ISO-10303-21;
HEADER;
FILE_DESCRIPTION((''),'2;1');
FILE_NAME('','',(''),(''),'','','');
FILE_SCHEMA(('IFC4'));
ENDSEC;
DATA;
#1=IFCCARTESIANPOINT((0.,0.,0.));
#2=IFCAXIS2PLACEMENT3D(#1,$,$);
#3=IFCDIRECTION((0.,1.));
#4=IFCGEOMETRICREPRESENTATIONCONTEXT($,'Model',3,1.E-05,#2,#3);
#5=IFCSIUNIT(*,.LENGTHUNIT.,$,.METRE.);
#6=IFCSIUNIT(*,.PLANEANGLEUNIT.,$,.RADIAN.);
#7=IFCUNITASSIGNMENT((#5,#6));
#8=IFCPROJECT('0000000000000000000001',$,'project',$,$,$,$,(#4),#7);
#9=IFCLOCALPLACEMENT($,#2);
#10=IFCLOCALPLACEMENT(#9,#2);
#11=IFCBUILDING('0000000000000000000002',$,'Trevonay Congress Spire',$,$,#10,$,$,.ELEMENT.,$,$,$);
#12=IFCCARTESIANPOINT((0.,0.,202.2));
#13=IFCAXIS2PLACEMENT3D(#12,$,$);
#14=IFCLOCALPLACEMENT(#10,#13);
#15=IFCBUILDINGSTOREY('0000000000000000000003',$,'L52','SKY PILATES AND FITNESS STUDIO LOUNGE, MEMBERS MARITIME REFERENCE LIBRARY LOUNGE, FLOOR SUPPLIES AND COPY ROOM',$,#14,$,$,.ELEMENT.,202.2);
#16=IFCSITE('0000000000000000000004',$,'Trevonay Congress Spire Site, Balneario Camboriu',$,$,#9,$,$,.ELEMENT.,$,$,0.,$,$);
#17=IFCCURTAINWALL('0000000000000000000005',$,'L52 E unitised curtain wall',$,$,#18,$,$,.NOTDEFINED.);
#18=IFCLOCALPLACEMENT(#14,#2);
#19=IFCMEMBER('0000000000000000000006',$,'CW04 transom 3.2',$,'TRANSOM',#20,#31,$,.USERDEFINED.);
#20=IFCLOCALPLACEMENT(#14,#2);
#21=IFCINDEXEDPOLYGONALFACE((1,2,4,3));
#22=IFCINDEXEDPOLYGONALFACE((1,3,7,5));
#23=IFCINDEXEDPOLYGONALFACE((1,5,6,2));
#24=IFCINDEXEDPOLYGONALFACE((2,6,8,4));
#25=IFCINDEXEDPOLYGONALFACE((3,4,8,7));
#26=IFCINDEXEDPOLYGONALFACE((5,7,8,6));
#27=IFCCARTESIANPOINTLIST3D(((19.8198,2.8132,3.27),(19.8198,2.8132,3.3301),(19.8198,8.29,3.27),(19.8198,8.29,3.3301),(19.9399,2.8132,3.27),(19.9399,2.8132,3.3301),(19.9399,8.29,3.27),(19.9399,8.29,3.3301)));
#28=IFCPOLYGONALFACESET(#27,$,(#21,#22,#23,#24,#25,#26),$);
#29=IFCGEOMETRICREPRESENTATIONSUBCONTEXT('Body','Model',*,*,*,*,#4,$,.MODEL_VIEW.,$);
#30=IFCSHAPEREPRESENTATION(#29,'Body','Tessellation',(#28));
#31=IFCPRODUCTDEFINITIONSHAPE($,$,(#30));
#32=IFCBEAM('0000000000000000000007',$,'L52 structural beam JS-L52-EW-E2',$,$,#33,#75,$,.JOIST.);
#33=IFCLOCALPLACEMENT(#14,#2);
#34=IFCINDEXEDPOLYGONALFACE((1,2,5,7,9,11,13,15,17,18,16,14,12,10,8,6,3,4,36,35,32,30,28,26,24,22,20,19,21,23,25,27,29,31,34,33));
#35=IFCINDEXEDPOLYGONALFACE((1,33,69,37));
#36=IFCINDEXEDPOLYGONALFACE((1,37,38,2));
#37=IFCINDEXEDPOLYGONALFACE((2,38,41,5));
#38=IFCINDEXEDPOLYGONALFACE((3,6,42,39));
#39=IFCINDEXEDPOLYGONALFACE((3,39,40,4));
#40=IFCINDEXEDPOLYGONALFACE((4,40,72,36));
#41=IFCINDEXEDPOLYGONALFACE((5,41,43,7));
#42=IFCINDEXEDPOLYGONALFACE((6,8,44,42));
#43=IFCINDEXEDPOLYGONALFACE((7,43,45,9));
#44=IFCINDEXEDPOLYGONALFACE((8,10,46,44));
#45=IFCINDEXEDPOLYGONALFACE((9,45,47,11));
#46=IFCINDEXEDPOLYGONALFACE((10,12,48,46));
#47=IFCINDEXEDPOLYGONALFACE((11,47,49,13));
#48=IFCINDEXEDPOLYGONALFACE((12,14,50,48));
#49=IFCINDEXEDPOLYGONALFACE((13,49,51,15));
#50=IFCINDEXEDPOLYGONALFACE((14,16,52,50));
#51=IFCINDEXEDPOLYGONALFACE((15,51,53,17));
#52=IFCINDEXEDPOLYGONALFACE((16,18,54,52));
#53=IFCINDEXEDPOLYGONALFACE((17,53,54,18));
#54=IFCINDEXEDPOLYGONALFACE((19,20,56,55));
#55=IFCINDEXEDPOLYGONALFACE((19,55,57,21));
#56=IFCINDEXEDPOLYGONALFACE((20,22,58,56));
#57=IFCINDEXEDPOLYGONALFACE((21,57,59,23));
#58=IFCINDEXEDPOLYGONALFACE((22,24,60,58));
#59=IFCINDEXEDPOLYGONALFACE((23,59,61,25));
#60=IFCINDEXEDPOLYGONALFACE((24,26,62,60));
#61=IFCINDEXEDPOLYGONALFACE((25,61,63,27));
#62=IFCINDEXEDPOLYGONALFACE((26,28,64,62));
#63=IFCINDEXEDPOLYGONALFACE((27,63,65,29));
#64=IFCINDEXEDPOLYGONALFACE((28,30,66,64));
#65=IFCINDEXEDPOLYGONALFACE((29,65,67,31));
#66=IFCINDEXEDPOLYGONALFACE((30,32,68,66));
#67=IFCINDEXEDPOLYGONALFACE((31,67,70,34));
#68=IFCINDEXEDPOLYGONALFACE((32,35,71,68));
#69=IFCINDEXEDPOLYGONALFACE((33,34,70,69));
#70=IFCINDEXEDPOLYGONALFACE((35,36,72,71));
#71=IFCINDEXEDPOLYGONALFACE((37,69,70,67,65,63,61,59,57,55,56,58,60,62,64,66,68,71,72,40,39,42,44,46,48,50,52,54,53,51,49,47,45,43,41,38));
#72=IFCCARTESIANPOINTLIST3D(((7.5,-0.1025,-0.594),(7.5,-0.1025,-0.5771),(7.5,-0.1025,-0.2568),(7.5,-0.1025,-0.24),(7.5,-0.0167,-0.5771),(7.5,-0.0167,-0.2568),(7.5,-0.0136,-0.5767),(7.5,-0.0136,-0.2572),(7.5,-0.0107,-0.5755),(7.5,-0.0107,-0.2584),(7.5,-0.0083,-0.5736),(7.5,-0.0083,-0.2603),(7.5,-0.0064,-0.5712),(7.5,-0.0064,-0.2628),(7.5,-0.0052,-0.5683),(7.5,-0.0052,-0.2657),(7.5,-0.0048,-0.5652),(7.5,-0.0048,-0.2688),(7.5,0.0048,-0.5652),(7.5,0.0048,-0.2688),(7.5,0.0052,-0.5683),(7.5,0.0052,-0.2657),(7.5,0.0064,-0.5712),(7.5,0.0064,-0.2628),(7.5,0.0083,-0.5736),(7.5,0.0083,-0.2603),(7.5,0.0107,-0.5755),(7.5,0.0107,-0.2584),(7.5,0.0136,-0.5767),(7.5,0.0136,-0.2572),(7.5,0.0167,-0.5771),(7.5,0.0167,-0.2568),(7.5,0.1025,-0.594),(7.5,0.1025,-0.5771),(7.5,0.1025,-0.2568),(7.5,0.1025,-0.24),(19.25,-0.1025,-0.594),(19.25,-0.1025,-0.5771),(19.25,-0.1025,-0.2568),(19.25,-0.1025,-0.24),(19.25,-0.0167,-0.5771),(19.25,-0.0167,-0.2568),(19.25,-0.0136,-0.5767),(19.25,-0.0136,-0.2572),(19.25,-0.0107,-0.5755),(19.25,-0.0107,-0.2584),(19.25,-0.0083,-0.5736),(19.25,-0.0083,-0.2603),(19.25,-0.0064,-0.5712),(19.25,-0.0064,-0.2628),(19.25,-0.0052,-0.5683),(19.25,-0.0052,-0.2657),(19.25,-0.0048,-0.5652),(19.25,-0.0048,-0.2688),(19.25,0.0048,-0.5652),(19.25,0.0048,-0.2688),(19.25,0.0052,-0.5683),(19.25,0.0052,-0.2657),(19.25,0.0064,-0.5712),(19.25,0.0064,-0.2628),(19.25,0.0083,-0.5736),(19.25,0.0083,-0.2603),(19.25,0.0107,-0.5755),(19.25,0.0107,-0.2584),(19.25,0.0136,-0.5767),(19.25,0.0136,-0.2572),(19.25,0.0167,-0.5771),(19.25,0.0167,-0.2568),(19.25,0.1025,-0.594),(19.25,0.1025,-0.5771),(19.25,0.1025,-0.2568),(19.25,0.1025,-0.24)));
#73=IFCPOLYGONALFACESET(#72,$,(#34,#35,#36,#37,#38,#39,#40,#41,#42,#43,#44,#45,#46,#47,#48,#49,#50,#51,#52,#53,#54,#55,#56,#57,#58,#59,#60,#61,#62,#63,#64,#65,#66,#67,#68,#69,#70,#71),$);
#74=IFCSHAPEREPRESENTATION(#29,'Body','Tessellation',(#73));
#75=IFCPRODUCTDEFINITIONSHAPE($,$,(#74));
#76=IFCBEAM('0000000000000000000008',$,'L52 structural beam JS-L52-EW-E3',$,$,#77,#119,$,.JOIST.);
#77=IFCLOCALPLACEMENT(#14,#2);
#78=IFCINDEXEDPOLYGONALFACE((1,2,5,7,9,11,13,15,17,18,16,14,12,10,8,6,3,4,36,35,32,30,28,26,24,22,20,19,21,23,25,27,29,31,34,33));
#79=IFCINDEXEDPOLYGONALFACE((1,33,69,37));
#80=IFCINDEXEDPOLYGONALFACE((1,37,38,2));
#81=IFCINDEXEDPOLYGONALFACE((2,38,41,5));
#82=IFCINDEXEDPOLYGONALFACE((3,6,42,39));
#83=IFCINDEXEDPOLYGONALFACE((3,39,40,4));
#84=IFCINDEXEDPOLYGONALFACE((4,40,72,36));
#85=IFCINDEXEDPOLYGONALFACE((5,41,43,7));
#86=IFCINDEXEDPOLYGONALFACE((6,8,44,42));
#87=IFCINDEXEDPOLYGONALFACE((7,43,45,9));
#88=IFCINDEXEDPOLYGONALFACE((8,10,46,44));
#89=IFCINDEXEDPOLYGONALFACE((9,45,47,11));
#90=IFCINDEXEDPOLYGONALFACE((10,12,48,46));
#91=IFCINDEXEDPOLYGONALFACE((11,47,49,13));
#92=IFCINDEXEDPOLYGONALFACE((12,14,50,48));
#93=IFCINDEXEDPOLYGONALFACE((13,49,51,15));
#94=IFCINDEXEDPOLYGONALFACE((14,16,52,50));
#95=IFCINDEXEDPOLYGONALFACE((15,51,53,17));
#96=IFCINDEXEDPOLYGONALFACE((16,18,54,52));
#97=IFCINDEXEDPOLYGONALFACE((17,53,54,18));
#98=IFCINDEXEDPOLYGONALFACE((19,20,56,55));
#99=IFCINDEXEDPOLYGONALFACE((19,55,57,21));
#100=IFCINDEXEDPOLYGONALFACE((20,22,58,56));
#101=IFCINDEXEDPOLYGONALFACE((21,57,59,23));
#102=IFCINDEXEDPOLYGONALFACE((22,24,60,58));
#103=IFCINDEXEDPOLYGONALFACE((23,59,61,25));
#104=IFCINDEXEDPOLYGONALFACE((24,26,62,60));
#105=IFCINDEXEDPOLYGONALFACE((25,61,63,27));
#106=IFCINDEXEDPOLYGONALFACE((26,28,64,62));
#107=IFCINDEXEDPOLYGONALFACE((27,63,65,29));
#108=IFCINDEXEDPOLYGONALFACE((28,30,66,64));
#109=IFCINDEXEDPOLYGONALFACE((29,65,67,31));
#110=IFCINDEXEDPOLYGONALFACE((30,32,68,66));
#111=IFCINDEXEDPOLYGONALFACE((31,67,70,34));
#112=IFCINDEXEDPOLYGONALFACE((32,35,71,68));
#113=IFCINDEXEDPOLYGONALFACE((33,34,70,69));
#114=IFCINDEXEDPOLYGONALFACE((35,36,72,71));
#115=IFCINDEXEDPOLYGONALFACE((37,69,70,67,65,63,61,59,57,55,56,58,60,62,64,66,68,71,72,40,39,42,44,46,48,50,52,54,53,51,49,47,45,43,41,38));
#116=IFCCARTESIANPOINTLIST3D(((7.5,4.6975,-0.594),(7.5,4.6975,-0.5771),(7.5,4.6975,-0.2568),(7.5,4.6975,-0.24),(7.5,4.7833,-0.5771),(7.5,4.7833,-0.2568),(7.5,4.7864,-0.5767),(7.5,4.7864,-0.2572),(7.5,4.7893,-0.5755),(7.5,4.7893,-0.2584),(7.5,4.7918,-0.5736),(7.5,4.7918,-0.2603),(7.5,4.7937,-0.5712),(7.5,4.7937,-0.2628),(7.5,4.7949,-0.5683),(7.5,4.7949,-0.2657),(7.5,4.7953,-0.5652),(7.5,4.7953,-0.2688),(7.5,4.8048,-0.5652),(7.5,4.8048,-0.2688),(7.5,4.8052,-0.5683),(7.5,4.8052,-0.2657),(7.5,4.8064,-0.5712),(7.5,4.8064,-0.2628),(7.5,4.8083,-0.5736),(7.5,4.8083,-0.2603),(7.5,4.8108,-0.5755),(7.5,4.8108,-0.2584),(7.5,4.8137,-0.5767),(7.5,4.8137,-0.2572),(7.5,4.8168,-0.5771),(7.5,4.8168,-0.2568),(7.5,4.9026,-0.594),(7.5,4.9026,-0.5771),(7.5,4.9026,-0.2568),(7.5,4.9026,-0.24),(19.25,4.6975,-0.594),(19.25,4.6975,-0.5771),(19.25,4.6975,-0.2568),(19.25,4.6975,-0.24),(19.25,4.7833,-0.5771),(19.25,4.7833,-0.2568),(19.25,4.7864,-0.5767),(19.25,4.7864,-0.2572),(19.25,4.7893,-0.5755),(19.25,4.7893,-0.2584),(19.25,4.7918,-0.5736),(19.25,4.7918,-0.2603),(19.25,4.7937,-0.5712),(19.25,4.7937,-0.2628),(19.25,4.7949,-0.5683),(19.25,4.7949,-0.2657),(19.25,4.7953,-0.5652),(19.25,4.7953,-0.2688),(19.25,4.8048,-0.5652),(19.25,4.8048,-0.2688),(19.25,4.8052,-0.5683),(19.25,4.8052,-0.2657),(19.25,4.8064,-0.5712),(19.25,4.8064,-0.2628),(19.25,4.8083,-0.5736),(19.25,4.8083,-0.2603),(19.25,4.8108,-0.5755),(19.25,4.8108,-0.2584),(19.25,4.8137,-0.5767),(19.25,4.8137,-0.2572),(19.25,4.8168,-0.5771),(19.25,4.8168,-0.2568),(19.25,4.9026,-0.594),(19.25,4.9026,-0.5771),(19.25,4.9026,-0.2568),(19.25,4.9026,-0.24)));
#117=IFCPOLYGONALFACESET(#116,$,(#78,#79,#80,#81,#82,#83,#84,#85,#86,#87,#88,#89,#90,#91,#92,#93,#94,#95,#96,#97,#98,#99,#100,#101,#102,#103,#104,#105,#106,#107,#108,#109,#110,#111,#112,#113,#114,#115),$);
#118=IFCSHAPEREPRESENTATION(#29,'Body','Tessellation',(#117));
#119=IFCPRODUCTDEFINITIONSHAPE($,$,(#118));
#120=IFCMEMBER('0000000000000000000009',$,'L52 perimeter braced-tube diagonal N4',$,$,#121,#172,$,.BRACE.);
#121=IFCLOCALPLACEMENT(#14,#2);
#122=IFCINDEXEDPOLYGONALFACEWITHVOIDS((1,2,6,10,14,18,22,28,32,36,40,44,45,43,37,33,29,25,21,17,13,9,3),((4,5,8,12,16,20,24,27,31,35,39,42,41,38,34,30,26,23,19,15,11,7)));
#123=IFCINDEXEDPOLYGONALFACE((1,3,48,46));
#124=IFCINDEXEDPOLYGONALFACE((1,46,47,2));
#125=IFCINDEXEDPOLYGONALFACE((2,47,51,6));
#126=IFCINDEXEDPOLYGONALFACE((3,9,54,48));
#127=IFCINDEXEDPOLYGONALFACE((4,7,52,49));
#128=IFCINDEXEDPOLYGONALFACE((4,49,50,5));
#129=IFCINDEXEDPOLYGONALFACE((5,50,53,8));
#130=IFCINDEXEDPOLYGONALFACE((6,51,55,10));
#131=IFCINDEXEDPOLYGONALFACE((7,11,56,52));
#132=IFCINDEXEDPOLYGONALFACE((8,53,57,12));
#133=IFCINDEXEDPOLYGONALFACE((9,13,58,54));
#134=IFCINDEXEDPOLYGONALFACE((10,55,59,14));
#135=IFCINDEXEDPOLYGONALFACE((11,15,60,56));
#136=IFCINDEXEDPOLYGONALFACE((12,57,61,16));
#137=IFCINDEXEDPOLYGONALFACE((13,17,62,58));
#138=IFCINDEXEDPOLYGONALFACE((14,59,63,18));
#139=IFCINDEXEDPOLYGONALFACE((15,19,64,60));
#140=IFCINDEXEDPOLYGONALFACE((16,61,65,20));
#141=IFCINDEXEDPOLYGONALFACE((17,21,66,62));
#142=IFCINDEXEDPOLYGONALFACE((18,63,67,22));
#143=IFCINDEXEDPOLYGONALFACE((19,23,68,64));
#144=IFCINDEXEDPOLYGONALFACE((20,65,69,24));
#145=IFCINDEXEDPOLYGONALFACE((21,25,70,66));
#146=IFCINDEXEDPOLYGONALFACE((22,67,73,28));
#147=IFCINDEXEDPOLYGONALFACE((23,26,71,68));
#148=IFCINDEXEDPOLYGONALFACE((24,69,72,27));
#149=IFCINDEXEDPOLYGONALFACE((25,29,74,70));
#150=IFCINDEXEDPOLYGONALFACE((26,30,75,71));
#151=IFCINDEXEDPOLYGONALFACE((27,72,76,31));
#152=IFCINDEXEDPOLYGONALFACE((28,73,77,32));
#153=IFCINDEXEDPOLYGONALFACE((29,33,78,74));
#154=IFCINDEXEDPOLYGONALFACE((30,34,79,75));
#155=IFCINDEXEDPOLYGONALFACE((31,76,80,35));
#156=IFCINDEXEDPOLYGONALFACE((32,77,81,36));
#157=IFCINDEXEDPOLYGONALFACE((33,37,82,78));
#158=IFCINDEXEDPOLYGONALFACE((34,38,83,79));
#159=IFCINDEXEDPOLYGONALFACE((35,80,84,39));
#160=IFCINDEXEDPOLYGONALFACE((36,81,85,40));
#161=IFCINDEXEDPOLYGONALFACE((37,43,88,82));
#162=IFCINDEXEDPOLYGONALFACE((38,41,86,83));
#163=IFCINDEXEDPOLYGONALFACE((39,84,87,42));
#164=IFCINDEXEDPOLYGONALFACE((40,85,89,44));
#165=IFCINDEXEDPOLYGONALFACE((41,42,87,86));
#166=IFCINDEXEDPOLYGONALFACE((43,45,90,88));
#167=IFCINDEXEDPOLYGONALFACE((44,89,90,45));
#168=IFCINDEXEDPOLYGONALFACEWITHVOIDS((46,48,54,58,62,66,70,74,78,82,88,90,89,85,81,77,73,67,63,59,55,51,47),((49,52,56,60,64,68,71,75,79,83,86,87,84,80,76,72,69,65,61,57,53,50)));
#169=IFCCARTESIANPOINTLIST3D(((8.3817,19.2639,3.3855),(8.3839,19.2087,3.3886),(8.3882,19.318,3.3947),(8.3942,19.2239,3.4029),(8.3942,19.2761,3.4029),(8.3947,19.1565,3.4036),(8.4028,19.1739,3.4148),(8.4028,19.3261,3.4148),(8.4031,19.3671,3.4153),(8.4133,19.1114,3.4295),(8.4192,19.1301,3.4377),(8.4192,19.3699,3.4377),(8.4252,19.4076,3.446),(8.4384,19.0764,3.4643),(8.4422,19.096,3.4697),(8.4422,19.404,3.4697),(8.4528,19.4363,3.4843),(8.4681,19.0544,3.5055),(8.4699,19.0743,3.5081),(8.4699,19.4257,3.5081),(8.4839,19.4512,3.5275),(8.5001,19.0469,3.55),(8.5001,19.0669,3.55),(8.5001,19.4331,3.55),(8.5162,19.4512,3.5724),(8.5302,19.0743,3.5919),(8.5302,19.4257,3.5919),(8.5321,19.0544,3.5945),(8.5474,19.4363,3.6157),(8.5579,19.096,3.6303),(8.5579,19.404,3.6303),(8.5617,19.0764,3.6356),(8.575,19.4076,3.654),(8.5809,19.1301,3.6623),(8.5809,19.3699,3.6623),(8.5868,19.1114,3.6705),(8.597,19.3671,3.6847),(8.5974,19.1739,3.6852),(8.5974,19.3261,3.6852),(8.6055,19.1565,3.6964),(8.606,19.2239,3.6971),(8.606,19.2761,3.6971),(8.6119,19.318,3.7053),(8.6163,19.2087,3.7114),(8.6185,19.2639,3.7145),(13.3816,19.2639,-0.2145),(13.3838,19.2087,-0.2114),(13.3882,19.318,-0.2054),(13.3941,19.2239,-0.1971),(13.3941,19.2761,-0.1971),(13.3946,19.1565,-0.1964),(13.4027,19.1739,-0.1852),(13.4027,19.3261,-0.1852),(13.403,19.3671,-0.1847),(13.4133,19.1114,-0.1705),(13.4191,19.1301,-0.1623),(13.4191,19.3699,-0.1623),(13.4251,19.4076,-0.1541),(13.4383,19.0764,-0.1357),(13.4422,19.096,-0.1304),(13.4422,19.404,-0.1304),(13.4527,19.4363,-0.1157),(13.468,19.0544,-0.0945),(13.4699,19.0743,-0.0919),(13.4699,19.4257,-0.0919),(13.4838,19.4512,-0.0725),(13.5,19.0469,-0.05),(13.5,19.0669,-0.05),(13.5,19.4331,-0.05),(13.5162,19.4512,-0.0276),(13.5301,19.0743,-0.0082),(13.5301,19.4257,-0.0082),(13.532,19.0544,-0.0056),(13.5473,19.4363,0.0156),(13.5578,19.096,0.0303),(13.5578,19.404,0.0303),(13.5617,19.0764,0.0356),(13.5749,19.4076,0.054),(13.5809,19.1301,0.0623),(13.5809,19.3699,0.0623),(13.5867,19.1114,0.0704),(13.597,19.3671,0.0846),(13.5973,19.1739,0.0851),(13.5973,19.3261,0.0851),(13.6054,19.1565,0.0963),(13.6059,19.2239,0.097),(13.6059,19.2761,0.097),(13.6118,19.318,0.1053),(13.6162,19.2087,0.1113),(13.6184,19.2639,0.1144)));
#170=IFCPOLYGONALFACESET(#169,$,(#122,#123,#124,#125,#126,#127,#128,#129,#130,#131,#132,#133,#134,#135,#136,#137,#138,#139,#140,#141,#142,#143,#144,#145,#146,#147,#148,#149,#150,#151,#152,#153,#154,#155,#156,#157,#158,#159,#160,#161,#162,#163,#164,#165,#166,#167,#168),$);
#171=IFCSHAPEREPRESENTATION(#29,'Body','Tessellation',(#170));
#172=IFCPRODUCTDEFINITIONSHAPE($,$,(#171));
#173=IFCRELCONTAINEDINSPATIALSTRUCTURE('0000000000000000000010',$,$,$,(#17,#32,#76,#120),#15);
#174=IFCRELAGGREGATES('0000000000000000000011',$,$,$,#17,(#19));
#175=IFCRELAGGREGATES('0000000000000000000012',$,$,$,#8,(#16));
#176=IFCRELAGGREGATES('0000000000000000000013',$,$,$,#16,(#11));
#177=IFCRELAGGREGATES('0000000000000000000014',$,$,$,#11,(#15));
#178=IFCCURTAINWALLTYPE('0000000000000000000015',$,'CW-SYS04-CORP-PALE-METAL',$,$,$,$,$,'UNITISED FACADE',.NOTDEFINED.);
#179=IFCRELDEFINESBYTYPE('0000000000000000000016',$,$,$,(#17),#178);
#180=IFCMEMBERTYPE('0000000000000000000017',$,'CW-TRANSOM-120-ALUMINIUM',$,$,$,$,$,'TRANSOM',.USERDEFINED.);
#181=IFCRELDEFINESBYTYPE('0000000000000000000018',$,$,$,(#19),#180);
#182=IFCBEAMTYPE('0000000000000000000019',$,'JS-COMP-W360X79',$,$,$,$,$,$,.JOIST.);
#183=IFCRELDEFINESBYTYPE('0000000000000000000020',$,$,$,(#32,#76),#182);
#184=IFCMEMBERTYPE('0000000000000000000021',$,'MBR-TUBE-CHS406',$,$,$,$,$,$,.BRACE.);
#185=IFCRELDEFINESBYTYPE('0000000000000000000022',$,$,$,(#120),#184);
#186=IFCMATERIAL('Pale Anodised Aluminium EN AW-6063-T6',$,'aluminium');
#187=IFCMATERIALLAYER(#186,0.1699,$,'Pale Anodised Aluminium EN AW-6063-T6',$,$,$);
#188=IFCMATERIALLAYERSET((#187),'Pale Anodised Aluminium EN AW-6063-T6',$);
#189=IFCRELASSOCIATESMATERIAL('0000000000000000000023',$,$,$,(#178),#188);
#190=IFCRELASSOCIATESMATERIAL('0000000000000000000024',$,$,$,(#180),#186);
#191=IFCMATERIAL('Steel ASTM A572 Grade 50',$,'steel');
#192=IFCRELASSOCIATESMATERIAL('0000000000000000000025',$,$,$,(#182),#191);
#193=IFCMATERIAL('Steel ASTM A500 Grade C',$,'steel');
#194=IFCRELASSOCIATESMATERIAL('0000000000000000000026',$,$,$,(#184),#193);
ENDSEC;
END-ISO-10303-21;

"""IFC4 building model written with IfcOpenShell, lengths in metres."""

from ifc_helpers import new_model, si_unit, direction, frame, origin, origin_2d, place, context, subcontext, project, spatial, rectangle, hollow_circle, i_section, extrude, material, layer, layer_set, material_profile, profile_set, type_object, element, aggregate, save


model = new_model("IFC4")

# Units and contexts
model_context = context("Model", 3, precision=1e-05, world=origin(), true_north=direction((0.0, 1.0)))
body_context = subcontext(model_context, "Body", "Model", "MODEL_VIEW")
ifc_project = project(units=[si_unit("LENGTHUNIT", "METRE"), si_unit("PLANEANGLEUNIT", "RADIAN")], contexts=[model_context])

# Site, building, storey
site_placement = place(None, origin())
site = spatial("IfcSite", under=ifc_project, at=site_placement, Name="Trevonay Congress Spire Site, Balneario Camboriu", CompositionType="ELEMENT", RefElevation=0.0)
building_placement = place(site_placement, origin())
building = spatial("IfcBuilding", under=site, at=building_placement, Name="Trevonay Congress Spire", CompositionType="ELEMENT")
storey_placement = place(building_placement, frame((0.0, 0.0, 202.2)))
storey = spatial("IfcBuildingStorey", under=building, at=storey_placement, Name="L52", Description="SKY PILATES AND FITNESS STUDIO LOUNGE, MEMBERS MARITIME REFERENCE LIBRARY LOUNGE, FLOOR SUPPLIES AND COPY ROOM", CompositionType="ELEMENT", Elevation=202.2)

# Shared definitions
ifc_material_1 = material(Name="Steel ASTM A572 Grade 50", Category="steel")

# Shared definitions
ifc_material_2 = material(Name="Pale Anodised Aluminium EN AW-6063-T6", Category="aluminium")
ifc_layer_1 = layer(ifc_material_2, 0.1699, Name="Pale Anodised Aluminium EN AW-6063-T6")
ifc_layer_set_1 = layer_set([ifc_layer_1], Name="Pale Anodised Aluminium EN AW-6063-T6")
curtain_wall_type = type_object("IfcCurtainWallType", Name="CW-SYS04-CORP-PALE-METAL", ElementType="UNITISED FACADE", PredefinedType="NOTDEFINED", material=ifc_layer_set_1)

# Curtain wall, member
curtain_wall_1_placement = place(storey_placement, origin())
curtain_wall_1 = element("IfcCurtainWall", 1, at=curtain_wall_1_placement, inside=storey, type_object=curtain_wall_type, Name="L52 E unitised curtain wall", PredefinedType="NOTDEFINED")
ifc_material_profile_1 = material_profile(ifc_material_2, rectangle(XDim=0.1201, YDim=0.0601, at=origin_2d()), Name="CW-TRANSOM-120-ALUMINIUM")
ifc_profile_set_1 = profile_set([ifc_material_profile_1], Name="Pale Anodised Aluminium EN AW-6063-T6")
member_type_1 = type_object("IfcMemberType", Name="CW-TRANSOM-120-ALUMINIUM", ElementType="TRANSOM", PredefinedType="USERDEFINED", material=ifc_profile_set_1)
member_1_placement = place(storey_placement, frame((19.8799, 2.8132, 3.3), z_axis=(0.0, 1.0, 0.0), x_axis=(-1.0, 0.0, 0.0)))
member_1 = element("IfcMember", 2, at=member_1_placement, type_object=member_type_1, Name="CW04 transom 3.2", ObjectType="TRANSOM", PredefinedType="USERDEFINED", context=body_context, shape_type="SweptSolid", body=[
    extrude(rectangle(XDim=0.1201, YDim=0.0601, at=origin_2d()), origin(), (0.0, 0.0, 1.0), 5.4768),
])

# Beams
ifc_material_profile_2 = material_profile(ifc_material_1, i_section(OverallWidth=0.2051, OverallDepth=0.354, WebThickness=0.0095, FlangeThickness=0.0168, FilletRadius=0.012, at=origin_2d()), Name="W360x79")
ifc_profile_set_2 = profile_set([ifc_material_profile_2], Name="Steel ASTM A572 Grade 50")
beam_type_1 = type_object("IfcBeamType", Name="JS-COMP-W360X79", PredefinedType="JOIST", material=ifc_profile_set_2)
for number, where, z_axis, x_axis, name in (
    (3, (7.5, 0.0, -0.417), (1.0, 0.0, 0.0), (0.0, 1.0, 0.0), "L52 structural beam JS-L52-EW-E2"),
    (4, (7.5, 4.8, -0.417), (1.0, 0.0, 0.0), (0.0, 1.0, 0.0), "L52 structural beam JS-L52-EW-E3"),
):
    element("IfcBeam", number, at=place(storey_placement, frame(where, z_axis=z_axis, x_axis=x_axis)), inside=storey, type_object=beam_type_1, Name=name, PredefinedType="JOIST", context=body_context, shape_type="SweptSolid", body=[
        extrude(i_section(OverallWidth=0.2051, OverallDepth=0.354, WebThickness=0.0095, FlangeThickness=0.0168, FilletRadius=0.012, at=origin_2d()), origin(), (0.0, 0.0, 1.0), 11.75),
    ])

# Member
ifc_material_3 = material(Name="Steel ASTM A500 Grade C", Category="steel")
ifc_material_profile_3 = material_profile(ifc_material_3, hollow_circle(Radius=0.2031, WallThickness=0.02, at=origin_2d()), Name="CHS 406.4x20")
ifc_profile_set_3 = profile_set([ifc_material_profile_3], Name="Steel ASTM A500 Grade C")
member_type_2 = type_object("IfcMemberType", Name="MBR-TUBE-CHS406", PredefinedType="BRACE", material=ifc_profile_set_3)
for number, where, z_axis, x_axis, name in (
    (5, (13.5, 19.25, -0.05), (-0.811527, 0.0, 0.584315), (0.0, -1.0, 0.0), "L52 perimeter braced-tube diagonal N4"),
):
    element("IfcMember", number, at=place(storey_placement, frame(where, z_axis=z_axis, x_axis=x_axis)), inside=storey, type_object=member_type_2, Name=name, PredefinedType="BRACE", context=body_context, shape_type="SweptSolid", body=[
        extrude(hollow_circle(Radius=0.2031, WallThickness=0.02, at=origin_2d()), origin(), (0.0, 0.0, 1.0), 6.1611),
    ])

aggregate(curtain_wall_1, [member_1])

save(model, "model.ifc")
